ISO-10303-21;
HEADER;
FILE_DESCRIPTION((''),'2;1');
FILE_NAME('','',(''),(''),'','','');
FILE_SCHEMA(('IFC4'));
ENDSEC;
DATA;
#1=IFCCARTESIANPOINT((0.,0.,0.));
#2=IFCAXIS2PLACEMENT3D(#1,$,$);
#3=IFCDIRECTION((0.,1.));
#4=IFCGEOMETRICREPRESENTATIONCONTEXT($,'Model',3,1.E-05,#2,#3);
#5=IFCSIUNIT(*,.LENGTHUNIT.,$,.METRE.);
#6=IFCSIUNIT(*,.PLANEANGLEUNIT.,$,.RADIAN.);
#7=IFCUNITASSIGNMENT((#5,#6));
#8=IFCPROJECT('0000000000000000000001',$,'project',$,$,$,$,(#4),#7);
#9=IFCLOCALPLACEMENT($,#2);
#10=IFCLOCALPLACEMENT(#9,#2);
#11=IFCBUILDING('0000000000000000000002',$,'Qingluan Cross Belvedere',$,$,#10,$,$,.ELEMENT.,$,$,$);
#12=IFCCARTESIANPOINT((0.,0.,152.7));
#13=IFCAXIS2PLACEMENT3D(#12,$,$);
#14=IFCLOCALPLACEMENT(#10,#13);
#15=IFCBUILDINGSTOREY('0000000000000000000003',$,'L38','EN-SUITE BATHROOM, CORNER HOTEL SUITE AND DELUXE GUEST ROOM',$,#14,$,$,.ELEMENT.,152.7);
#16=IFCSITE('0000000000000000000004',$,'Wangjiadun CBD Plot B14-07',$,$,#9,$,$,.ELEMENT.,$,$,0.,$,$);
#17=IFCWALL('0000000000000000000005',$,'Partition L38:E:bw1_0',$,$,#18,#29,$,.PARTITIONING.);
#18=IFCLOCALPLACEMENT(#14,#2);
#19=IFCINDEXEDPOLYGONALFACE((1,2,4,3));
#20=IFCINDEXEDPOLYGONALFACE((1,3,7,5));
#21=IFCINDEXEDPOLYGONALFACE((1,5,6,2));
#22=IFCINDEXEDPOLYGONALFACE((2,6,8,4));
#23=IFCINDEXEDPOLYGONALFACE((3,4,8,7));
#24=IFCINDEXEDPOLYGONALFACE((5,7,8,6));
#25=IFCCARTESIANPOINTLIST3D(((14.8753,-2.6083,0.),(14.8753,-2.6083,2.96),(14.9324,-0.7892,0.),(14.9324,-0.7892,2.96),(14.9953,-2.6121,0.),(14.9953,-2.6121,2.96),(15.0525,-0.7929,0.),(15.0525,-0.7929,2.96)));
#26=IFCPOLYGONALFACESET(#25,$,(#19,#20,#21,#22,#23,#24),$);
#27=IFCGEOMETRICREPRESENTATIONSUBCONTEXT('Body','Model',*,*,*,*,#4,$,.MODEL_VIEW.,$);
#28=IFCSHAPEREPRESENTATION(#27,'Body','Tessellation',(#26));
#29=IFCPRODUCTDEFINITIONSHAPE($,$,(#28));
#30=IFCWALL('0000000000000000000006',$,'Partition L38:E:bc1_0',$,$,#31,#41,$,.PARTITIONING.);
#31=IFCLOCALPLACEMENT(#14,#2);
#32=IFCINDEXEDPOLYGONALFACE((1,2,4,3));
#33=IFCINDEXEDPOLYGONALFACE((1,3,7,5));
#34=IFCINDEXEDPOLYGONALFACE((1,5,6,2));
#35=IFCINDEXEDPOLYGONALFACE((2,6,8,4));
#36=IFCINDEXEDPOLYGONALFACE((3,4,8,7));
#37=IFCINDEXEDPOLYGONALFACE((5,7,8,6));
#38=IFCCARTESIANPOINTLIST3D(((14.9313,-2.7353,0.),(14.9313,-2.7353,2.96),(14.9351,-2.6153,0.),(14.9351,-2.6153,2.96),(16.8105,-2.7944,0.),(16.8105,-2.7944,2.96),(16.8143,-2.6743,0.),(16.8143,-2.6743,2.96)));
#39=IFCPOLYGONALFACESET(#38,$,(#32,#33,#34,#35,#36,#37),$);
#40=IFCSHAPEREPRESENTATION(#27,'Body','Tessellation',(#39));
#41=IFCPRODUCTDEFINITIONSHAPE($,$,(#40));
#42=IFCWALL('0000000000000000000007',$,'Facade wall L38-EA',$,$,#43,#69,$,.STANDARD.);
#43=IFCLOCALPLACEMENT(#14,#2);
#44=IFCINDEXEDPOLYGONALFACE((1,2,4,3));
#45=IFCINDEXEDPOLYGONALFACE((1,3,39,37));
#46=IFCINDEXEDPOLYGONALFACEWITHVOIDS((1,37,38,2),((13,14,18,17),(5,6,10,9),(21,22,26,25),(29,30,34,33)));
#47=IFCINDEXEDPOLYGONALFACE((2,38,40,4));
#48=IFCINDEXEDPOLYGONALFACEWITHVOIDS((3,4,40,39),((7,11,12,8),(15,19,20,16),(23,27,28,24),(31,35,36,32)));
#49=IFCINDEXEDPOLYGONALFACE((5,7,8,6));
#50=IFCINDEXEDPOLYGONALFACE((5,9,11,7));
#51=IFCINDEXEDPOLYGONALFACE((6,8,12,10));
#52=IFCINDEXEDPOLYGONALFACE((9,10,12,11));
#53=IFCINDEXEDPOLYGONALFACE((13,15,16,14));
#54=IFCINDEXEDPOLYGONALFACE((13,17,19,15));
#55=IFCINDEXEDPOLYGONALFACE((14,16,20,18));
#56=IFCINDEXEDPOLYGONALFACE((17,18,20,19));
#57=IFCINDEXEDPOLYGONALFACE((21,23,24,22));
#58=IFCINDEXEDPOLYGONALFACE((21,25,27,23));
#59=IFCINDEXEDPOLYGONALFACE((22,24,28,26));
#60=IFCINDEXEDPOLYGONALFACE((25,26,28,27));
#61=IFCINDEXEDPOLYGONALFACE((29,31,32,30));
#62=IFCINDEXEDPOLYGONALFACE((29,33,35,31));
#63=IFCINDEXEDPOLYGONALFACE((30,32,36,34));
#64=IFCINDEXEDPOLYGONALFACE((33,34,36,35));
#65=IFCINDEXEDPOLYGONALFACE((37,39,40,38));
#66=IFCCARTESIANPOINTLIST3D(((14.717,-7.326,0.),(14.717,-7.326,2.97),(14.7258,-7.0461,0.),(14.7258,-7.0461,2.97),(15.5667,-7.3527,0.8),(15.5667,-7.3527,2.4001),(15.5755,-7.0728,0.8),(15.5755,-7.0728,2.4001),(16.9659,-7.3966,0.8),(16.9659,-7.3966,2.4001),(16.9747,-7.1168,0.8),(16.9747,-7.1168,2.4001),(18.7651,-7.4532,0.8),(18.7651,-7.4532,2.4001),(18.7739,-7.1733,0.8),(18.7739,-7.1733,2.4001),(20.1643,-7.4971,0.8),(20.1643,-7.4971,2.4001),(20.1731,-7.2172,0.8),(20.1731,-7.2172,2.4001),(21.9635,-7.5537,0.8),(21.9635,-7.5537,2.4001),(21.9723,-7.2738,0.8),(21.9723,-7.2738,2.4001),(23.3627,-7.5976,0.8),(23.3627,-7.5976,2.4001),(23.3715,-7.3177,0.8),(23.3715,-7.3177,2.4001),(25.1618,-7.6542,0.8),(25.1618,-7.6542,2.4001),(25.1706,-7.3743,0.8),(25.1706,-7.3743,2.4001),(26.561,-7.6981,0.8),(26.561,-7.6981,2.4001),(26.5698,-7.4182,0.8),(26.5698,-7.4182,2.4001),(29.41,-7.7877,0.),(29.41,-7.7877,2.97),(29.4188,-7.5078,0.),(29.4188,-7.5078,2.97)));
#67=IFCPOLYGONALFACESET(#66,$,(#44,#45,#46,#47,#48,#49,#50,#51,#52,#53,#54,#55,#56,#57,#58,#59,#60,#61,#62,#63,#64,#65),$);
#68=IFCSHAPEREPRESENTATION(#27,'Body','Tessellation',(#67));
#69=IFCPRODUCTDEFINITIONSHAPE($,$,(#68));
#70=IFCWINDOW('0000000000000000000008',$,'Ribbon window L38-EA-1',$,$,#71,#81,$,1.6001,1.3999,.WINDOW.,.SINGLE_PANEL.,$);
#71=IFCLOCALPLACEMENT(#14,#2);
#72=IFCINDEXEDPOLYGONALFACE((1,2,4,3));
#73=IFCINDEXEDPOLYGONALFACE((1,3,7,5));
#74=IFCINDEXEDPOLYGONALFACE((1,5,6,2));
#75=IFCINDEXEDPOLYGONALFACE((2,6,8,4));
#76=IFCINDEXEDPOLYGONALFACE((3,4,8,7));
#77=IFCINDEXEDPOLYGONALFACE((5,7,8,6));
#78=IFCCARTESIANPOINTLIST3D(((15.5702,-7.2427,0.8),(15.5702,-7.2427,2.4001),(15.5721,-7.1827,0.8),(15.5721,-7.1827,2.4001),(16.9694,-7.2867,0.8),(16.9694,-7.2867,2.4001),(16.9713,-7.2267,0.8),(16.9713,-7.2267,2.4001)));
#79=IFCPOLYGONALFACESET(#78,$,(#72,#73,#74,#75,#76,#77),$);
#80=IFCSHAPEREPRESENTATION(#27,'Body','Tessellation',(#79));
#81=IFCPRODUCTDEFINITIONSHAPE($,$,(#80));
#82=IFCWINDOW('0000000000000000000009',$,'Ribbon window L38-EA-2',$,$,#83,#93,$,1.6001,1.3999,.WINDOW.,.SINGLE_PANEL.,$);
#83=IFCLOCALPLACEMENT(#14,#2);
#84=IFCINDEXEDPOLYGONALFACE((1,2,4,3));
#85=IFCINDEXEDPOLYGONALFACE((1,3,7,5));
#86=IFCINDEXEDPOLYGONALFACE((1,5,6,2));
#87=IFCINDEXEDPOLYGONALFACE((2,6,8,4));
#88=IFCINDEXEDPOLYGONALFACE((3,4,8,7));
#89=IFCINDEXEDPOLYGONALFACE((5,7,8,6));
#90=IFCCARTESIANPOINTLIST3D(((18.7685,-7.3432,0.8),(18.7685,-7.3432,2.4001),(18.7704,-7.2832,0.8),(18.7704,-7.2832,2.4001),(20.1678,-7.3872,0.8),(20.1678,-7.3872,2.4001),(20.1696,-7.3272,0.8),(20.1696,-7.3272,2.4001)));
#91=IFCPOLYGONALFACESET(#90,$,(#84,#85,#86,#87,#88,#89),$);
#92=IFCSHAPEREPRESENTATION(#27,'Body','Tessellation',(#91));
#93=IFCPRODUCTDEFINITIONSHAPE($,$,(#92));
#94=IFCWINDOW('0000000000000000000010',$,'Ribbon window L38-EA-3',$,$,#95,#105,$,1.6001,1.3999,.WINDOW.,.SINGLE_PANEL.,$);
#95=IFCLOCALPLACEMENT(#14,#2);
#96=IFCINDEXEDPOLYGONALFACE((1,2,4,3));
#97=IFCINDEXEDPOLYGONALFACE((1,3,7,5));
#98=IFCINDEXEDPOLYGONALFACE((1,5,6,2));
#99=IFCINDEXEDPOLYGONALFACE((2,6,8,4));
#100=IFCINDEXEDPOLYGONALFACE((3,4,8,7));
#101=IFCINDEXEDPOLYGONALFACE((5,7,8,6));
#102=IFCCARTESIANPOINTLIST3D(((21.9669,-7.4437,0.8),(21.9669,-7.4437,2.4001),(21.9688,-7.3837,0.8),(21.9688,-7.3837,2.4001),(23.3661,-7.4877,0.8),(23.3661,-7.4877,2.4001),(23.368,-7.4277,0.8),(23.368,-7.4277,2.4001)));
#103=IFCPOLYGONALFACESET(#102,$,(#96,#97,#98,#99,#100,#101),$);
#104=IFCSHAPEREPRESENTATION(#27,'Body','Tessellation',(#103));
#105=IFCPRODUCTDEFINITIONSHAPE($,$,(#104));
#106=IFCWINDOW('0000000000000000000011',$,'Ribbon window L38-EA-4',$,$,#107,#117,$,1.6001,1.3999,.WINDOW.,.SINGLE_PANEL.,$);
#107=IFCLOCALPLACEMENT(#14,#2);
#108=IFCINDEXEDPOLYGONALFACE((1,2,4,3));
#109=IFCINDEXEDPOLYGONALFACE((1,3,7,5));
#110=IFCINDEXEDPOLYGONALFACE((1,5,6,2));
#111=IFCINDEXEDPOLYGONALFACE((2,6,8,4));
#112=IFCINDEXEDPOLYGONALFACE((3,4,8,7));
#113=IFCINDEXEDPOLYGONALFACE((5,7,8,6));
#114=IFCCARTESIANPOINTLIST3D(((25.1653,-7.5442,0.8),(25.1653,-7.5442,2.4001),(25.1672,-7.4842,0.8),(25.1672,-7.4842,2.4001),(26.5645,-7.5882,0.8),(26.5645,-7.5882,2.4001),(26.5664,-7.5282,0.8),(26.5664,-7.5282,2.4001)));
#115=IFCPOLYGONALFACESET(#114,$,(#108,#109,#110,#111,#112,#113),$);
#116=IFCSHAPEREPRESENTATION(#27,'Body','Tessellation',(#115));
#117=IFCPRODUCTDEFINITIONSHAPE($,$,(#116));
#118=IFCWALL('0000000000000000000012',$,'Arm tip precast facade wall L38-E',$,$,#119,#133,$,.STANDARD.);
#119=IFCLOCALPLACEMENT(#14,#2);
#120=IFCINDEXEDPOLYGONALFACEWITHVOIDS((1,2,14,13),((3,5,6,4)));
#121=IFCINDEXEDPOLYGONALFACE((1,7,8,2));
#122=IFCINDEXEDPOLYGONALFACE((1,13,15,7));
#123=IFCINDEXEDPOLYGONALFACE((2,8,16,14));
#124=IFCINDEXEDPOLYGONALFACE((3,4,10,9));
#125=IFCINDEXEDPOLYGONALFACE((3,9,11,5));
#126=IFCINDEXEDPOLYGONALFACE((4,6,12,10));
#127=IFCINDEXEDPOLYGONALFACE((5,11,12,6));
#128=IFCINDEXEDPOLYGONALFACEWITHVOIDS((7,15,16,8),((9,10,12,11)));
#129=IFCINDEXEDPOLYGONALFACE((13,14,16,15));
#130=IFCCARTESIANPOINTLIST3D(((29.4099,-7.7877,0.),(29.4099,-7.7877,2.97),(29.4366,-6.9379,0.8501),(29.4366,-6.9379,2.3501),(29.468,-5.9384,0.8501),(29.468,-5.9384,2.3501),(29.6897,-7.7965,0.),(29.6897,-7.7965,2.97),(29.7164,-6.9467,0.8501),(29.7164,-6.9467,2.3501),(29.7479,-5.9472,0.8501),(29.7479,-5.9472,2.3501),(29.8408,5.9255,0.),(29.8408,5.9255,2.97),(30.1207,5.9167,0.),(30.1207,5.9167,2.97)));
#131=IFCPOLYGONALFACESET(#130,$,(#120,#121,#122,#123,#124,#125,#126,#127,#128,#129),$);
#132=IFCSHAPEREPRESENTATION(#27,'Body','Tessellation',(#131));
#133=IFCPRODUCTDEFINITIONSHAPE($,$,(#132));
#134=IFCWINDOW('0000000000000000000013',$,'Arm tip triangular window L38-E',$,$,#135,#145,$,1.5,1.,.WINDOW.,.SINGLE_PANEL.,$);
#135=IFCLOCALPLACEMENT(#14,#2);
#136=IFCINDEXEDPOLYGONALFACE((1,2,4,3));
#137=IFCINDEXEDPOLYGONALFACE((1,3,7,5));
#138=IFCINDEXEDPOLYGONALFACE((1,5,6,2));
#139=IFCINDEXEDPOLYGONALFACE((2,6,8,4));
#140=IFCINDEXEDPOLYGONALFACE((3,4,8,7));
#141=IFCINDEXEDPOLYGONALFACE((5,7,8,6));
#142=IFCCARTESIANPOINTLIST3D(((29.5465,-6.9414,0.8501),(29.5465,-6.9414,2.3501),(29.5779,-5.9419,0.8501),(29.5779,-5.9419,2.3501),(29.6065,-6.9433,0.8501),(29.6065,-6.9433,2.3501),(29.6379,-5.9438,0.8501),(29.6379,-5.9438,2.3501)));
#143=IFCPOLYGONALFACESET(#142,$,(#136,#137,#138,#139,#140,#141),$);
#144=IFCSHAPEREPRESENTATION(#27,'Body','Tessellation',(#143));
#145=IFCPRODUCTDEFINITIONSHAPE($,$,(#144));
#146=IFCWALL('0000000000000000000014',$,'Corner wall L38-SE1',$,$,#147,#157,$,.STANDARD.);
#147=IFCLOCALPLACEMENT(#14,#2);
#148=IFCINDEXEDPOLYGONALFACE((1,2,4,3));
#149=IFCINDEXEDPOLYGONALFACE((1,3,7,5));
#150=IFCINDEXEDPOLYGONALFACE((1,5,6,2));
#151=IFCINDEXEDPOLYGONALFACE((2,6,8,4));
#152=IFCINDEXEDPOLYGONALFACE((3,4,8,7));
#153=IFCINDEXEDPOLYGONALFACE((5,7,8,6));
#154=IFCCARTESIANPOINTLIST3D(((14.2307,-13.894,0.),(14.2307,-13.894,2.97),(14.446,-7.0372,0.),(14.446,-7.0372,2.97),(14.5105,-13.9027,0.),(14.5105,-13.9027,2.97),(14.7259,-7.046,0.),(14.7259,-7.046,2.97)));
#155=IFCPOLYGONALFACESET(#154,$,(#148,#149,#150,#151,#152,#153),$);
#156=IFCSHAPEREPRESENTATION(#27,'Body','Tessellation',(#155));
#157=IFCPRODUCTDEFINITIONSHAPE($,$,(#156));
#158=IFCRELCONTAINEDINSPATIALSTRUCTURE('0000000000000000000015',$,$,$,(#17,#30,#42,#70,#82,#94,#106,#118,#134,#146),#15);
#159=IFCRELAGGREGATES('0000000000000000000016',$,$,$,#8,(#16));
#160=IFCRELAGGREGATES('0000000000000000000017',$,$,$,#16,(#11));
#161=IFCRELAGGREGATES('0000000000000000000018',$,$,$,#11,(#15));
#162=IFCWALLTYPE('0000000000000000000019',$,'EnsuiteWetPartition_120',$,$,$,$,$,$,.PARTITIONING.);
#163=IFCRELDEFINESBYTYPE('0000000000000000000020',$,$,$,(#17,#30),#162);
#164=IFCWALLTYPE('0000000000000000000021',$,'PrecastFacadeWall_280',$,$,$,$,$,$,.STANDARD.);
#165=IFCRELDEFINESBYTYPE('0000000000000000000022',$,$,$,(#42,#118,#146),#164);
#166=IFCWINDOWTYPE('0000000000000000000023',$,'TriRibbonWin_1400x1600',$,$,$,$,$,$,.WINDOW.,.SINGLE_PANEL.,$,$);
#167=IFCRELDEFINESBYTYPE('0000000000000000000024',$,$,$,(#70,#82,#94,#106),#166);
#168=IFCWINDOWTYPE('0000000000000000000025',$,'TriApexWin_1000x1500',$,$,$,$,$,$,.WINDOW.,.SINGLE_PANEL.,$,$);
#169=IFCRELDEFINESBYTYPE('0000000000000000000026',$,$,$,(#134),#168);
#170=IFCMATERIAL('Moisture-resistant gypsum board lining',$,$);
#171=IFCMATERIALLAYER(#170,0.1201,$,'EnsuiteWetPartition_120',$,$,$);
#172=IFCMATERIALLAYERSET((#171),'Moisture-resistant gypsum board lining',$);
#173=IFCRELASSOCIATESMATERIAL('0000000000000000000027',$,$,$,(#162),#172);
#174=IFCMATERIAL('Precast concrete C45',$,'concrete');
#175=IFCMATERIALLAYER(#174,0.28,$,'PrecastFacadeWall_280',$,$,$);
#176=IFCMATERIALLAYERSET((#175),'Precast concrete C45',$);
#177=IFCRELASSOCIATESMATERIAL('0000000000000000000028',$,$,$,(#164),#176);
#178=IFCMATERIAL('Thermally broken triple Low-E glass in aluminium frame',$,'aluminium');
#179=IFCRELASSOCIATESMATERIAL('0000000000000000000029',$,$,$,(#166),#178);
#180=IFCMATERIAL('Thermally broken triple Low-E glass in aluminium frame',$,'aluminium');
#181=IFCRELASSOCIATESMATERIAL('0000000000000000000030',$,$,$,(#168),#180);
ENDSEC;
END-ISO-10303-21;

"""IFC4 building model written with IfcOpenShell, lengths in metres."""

from ifc_helpers import new_model, si_unit, direction, frame, frame_2d, origin, place, context, subcontext, project, spatial, rectangle, extrude, material, layer, layer_set, type_object, element, fill, save


model = new_model("IFC4")

# Units and contexts
model_context = context("Model", 3, precision=1e-05, world=origin(), true_north=direction((0.0, 1.0)))
body_context = subcontext(model_context, "Body", "Model", "MODEL_VIEW")
ifc_project = project(units=[si_unit("LENGTHUNIT", "METRE"), si_unit("PLANEANGLEUNIT", "RADIAN")], contexts=[model_context])

# Site, building, storey
site_placement = place(None, origin())
site = spatial("IfcSite", under=ifc_project, at=site_placement, Name="Wangjiadun CBD Plot B14-07", CompositionType="ELEMENT", RefElevation=0.0)
building_placement = place(site_placement, origin())
building = spatial("IfcBuilding", under=site, at=building_placement, Name="Qingluan Cross Belvedere", CompositionType="ELEMENT")
storey_placement = place(building_placement, frame((0.0, 0.0, 152.7)))
storey = spatial("IfcBuildingStorey", under=building, at=storey_placement, Name="L38", Description="EN-SUITE BATHROOM, CORNER HOTEL SUITE AND DELUXE GUEST ROOM", CompositionType="ELEMENT", Elevation=152.7)

# Shared definitions
ifc_material_1 = material(Name="Moisture-resistant gypsum board lining")
ifc_layer_1 = layer(ifc_material_1, 0.1201, Name="EnsuiteWetPartition_120")
ifc_layer_set_1 = layer_set([ifc_layer_1], Name="Moisture-resistant gypsum board lining")
wall_type_1 = type_object("IfcWallType", Name="EnsuiteWetPartition_120", PredefinedType="PARTITIONING", material=ifc_layer_set_1)

# Walls
wall_1_placement = place(storey_placement, frame((14.9353, -2.6104, 0.0), z_axis=(0.0, 0.0, 1.0), x_axis=(0.03139, 0.999507, 0.0)))
element("IfcWall", 1, at=wall_1_placement, inside=storey, type_object=wall_type_1, Name="Partition L38:E:bw1_0", PredefinedType="PARTITIONING", context=body_context, shape_type="SweptSolid", body=[
    extrude(rectangle(XDim=1.8201, YDim=0.1201, at=frame_2d((0.9102, 0.0))), origin(), (0.0, 0.0, 1.0), 2.96),
])
wall_2_placement = place(storey_placement, frame((14.9333, -2.6753, 0.0), z_axis=(0.0, 0.0, 1.0), x_axis=(0.999506, -0.031425, 0.0)))
element("IfcWall", 2, at=wall_2_placement, inside=storey, type_object=wall_type_1, Name="Partition L38:E:bc1_0", PredefinedType="PARTITIONING", context=body_context, shape_type="SweptSolid", body=[
    extrude(rectangle(XDim=1.8801, YDim=0.1201, at=frame_2d((0.9399, 0.0))), origin(), (0.0, 0.0, 1.0), 2.96),
])

# Wall, openings, windows
ifc_material_2 = material(Name="Precast concrete C45", Category="concrete")
ifc_layer_2 = layer(ifc_material_2, 0.28, Name="PrecastFacadeWall_280")
ifc_layer_set_2 = layer_set([ifc_layer_2], Name="Precast concrete C45")
wall_type_2 = type_object("IfcWallType", Name="PrecastFacadeWall_280", PredefinedType="STANDARD", material=ifc_layer_set_2)
wall_3_placement = place(storey_placement, frame((14.7214, -7.186, 0.0), z_axis=(0.0, 0.0, 1.0), x_axis=(0.999507, -0.031406, 0.0)))
wall_3 = element("IfcWall", 3, at=wall_3_placement, inside=storey, type_object=wall_type_2, Name="Facade wall L38-EA", PredefinedType="STANDARD", context=body_context, shape_type="SweptSolid", body=[
    extrude(rectangle(XDim=14.7002, YDim=0.28, at=frame_2d((7.3501, 0.0))), origin(), (0.0, 0.0, 1.0), 2.97),
])
opening_1_placement = place(wall_3_placement, frame((0.8501, 0.0, 0.8)))
opening_1 = element("IfcOpeningElement", 4, at=opening_1_placement, cuts=wall_3, PredefinedType="OPENING", context=body_context, shape_type="SweptSolid", body=[
    extrude(rectangle(XDim=1.3999, YDim=1.6001, at=frame_2d((0.7, 0.8))), frame((0.0, 0.1499, 0.0), z_axis=(0.0, -1.0, 0.0), x_axis=(1.0, 0.0, 0.0)), (0.0, 0.0, 1.0), 0.3),
])
opening_2_placement = place(wall_3_placement, frame((4.05, 0.0, 0.8)))
opening_2 = element("IfcOpeningElement", 5, at=opening_2_placement, cuts=wall_3, PredefinedType="OPENING", context=body_context, shape_type="SweptSolid", body=[
    extrude(rectangle(XDim=1.3999, YDim=1.6001, at=frame_2d((0.7, 0.8))), frame((0.0, 0.1499, 0.0), z_axis=(0.0, -1.0, 0.0), x_axis=(1.0, 0.0, 0.0)), (0.0, 0.0, 1.0), 0.3),
])
opening_3_placement = place(wall_3_placement, frame((7.25, 0.0, 0.8)))
opening_3 = element("IfcOpeningElement", 6, at=opening_3_placement, cuts=wall_3, PredefinedType="OPENING", context=body_context, shape_type="SweptSolid", body=[
    extrude(rectangle(XDim=1.3999, YDim=1.6001, at=frame_2d((0.7, 0.8))), frame((0.0, 0.1499, 0.0), z_axis=(0.0, -1.0, 0.0), x_axis=(1.0, 0.0, 0.0)), (0.0, 0.0, 1.0), 0.3),
])
opening_4_placement = place(wall_3_placement, frame((10.45, 0.0, 0.8)))
opening_4 = element("IfcOpeningElement", 7, at=opening_4_placement, cuts=wall_3, PredefinedType="OPENING", context=body_context, shape_type="SweptSolid", body=[
    extrude(rectangle(XDim=1.3999, YDim=1.6001, at=frame_2d((0.7, 0.8))), frame((0.0, 0.1499, 0.0), z_axis=(0.0, -1.0, 0.0), x_axis=(1.0, 0.0, 0.0)), (0.0, 0.0, 1.0), 0.3),
])
ifc_material_3 = material(Name="Thermally broken triple Low-E glass in aluminium frame", Category="aluminium")
window_type_1 = type_object("IfcWindowType", Name="TriRibbonWin_1400x1600", PartitioningType="SINGLE_PANEL", PredefinedType="WINDOW", material=ifc_material_3)
window_1_placement = place(opening_1_placement, origin())
window_1 = element("IfcWindow", 8, at=window_1_placement, inside=storey, type_object=window_type_1, Name="Ribbon window L38-EA-1", OverallHeight=1.6001, OverallWidth=1.3999, PartitioningType="SINGLE_PANEL", PredefinedType="WINDOW", context=body_context, shape_type="SweptSolid", body=[
    extrude(rectangle(XDim=1.3999, YDim=1.6001, at=frame_2d((0.7, 0.8))), frame((0.0, 0.03, 0.0), z_axis=(0.0, -1.0, 0.0), x_axis=(1.0, 0.0, 0.0)), (0.0, 0.0, 1.0), 0.0601),
])
fill(opening_1, window_1)
window_2_placement = place(opening_2_placement, origin())
window_2 = element("IfcWindow", 9, at=window_2_placement, inside=storey, type_object=window_type_1, Name="Ribbon window L38-EA-2", OverallHeight=1.6001, OverallWidth=1.3999, PartitioningType="SINGLE_PANEL", PredefinedType="WINDOW", context=body_context, shape_type="SweptSolid", body=[
    extrude(rectangle(XDim=1.3999, YDim=1.6001, at=frame_2d((0.7, 0.8))), frame((0.0, 0.03, 0.0), z_axis=(0.0, -1.0, 0.0), x_axis=(1.0, 0.0, 0.0)), (0.0, 0.0, 1.0), 0.0601),
])
fill(opening_2, window_2)
window_3_placement = place(opening_3_placement, origin())
window_3 = element("IfcWindow", 10, at=window_3_placement, inside=storey, type_object=window_type_1, Name="Ribbon window L38-EA-3", OverallHeight=1.6001, OverallWidth=1.3999, PartitioningType="SINGLE_PANEL", PredefinedType="WINDOW", context=body_context, shape_type="SweptSolid", body=[
    extrude(rectangle(XDim=1.3999, YDim=1.6001, at=frame_2d((0.7, 0.8))), frame((0.0, 0.03, 0.0), z_axis=(0.0, -1.0, 0.0), x_axis=(1.0, 0.0, 0.0)), (0.0, 0.0, 1.0), 0.0601),
])
fill(opening_3, window_3)
window_4_placement = place(opening_4_placement, origin())
window_4 = element("IfcWindow", 11, at=window_4_placement, inside=storey, type_object=window_type_1, Name="Ribbon window L38-EA-4", OverallHeight=1.6001, OverallWidth=1.3999, PartitioningType="SINGLE_PANEL", PredefinedType="WINDOW", context=body_context, shape_type="SweptSolid", body=[
    extrude(rectangle(XDim=1.3999, YDim=1.6001, at=frame_2d((0.7, 0.8))), frame((0.0, 0.03, 0.0), z_axis=(0.0, -1.0, 0.0), x_axis=(1.0, 0.0, 0.0)), (0.0, 0.0, 1.0), 0.0601),
])
fill(opening_4, window_4)

# Wall, opening, window
wall_4_placement = place(storey_placement, frame((29.5498, -7.792, 0.0), z_axis=(0.0, 0.0, 1.0), x_axis=(0.031408, 0.999507, 0.0)))
wall_4 = element("IfcWall", 12, at=wall_4_placement, inside=storey, type_object=wall_type_2, Name="Arm tip precast facade wall L38-E", PredefinedType="STANDARD", context=body_context, shape_type="SweptSolid", body=[
    extrude(rectangle(XDim=13.72, YDim=0.28, at=frame_2d((6.8599, 0.0))), origin(), (0.0, 0.0, 1.0), 2.97),
])
opening_5_placement = place(wall_4_placement, frame((0.8501, 0.0, 0.8501)))
opening_5 = element("IfcOpeningElement", 13, at=opening_5_placement, cuts=wall_4, PredefinedType="OPENING", context=body_context, shape_type="SweptSolid", body=[
    extrude(rectangle(XDim=1.0, YDim=1.5, at=frame_2d((0.5, 0.75))), frame((0.0, 0.1499, 0.0), z_axis=(0.0, -1.0, 0.0), x_axis=(1.0, 0.0, 0.0)), (0.0, 0.0, 1.0), 0.3),
])
ifc_material_4 = material(Name="Thermally broken triple Low-E glass in aluminium frame", Category="aluminium")
window_type_2 = type_object("IfcWindowType", Name="TriApexWin_1000x1500", PartitioningType="SINGLE_PANEL", PredefinedType="WINDOW", material=ifc_material_4)
window_5_placement = place(opening_5_placement, origin())
window_5 = element("IfcWindow", 14, at=window_5_placement, inside=storey, type_object=window_type_2, Name="Arm tip triangular window L38-E", OverallHeight=1.5, OverallWidth=1.0, PartitioningType="SINGLE_PANEL", PredefinedType="WINDOW", context=body_context, shape_type="SweptSolid", body=[
    extrude(rectangle(XDim=1.0, YDim=1.5, at=frame_2d((0.5, 0.75))), frame((0.0, 0.03, 0.0), z_axis=(0.0, -1.0, 0.0), x_axis=(1.0, 0.0, 0.0)), (0.0, 0.0, 1.0), 0.0601),
])
fill(opening_5, window_5)

# Wall
wall_5_placement = place(storey_placement, frame((14.5859, -7.0415, 0.0), z_axis=(0.0, 0.0, 1.0), x_axis=(-0.031389, -0.999507, 0.0)))
element("IfcWall", 15, at=wall_5_placement, inside=storey, type_object=wall_type_2, Name="Corner wall L38-SE1", PredefinedType="STANDARD", context=body_context, shape_type="SweptSolid", body=[
    extrude(rectangle(XDim=6.8601, YDim=0.28, at=frame_2d((3.4302, 0.0))), origin(), (0.0, 0.0, 1.0), 2.97),
])

save(model, "model.ifc")
